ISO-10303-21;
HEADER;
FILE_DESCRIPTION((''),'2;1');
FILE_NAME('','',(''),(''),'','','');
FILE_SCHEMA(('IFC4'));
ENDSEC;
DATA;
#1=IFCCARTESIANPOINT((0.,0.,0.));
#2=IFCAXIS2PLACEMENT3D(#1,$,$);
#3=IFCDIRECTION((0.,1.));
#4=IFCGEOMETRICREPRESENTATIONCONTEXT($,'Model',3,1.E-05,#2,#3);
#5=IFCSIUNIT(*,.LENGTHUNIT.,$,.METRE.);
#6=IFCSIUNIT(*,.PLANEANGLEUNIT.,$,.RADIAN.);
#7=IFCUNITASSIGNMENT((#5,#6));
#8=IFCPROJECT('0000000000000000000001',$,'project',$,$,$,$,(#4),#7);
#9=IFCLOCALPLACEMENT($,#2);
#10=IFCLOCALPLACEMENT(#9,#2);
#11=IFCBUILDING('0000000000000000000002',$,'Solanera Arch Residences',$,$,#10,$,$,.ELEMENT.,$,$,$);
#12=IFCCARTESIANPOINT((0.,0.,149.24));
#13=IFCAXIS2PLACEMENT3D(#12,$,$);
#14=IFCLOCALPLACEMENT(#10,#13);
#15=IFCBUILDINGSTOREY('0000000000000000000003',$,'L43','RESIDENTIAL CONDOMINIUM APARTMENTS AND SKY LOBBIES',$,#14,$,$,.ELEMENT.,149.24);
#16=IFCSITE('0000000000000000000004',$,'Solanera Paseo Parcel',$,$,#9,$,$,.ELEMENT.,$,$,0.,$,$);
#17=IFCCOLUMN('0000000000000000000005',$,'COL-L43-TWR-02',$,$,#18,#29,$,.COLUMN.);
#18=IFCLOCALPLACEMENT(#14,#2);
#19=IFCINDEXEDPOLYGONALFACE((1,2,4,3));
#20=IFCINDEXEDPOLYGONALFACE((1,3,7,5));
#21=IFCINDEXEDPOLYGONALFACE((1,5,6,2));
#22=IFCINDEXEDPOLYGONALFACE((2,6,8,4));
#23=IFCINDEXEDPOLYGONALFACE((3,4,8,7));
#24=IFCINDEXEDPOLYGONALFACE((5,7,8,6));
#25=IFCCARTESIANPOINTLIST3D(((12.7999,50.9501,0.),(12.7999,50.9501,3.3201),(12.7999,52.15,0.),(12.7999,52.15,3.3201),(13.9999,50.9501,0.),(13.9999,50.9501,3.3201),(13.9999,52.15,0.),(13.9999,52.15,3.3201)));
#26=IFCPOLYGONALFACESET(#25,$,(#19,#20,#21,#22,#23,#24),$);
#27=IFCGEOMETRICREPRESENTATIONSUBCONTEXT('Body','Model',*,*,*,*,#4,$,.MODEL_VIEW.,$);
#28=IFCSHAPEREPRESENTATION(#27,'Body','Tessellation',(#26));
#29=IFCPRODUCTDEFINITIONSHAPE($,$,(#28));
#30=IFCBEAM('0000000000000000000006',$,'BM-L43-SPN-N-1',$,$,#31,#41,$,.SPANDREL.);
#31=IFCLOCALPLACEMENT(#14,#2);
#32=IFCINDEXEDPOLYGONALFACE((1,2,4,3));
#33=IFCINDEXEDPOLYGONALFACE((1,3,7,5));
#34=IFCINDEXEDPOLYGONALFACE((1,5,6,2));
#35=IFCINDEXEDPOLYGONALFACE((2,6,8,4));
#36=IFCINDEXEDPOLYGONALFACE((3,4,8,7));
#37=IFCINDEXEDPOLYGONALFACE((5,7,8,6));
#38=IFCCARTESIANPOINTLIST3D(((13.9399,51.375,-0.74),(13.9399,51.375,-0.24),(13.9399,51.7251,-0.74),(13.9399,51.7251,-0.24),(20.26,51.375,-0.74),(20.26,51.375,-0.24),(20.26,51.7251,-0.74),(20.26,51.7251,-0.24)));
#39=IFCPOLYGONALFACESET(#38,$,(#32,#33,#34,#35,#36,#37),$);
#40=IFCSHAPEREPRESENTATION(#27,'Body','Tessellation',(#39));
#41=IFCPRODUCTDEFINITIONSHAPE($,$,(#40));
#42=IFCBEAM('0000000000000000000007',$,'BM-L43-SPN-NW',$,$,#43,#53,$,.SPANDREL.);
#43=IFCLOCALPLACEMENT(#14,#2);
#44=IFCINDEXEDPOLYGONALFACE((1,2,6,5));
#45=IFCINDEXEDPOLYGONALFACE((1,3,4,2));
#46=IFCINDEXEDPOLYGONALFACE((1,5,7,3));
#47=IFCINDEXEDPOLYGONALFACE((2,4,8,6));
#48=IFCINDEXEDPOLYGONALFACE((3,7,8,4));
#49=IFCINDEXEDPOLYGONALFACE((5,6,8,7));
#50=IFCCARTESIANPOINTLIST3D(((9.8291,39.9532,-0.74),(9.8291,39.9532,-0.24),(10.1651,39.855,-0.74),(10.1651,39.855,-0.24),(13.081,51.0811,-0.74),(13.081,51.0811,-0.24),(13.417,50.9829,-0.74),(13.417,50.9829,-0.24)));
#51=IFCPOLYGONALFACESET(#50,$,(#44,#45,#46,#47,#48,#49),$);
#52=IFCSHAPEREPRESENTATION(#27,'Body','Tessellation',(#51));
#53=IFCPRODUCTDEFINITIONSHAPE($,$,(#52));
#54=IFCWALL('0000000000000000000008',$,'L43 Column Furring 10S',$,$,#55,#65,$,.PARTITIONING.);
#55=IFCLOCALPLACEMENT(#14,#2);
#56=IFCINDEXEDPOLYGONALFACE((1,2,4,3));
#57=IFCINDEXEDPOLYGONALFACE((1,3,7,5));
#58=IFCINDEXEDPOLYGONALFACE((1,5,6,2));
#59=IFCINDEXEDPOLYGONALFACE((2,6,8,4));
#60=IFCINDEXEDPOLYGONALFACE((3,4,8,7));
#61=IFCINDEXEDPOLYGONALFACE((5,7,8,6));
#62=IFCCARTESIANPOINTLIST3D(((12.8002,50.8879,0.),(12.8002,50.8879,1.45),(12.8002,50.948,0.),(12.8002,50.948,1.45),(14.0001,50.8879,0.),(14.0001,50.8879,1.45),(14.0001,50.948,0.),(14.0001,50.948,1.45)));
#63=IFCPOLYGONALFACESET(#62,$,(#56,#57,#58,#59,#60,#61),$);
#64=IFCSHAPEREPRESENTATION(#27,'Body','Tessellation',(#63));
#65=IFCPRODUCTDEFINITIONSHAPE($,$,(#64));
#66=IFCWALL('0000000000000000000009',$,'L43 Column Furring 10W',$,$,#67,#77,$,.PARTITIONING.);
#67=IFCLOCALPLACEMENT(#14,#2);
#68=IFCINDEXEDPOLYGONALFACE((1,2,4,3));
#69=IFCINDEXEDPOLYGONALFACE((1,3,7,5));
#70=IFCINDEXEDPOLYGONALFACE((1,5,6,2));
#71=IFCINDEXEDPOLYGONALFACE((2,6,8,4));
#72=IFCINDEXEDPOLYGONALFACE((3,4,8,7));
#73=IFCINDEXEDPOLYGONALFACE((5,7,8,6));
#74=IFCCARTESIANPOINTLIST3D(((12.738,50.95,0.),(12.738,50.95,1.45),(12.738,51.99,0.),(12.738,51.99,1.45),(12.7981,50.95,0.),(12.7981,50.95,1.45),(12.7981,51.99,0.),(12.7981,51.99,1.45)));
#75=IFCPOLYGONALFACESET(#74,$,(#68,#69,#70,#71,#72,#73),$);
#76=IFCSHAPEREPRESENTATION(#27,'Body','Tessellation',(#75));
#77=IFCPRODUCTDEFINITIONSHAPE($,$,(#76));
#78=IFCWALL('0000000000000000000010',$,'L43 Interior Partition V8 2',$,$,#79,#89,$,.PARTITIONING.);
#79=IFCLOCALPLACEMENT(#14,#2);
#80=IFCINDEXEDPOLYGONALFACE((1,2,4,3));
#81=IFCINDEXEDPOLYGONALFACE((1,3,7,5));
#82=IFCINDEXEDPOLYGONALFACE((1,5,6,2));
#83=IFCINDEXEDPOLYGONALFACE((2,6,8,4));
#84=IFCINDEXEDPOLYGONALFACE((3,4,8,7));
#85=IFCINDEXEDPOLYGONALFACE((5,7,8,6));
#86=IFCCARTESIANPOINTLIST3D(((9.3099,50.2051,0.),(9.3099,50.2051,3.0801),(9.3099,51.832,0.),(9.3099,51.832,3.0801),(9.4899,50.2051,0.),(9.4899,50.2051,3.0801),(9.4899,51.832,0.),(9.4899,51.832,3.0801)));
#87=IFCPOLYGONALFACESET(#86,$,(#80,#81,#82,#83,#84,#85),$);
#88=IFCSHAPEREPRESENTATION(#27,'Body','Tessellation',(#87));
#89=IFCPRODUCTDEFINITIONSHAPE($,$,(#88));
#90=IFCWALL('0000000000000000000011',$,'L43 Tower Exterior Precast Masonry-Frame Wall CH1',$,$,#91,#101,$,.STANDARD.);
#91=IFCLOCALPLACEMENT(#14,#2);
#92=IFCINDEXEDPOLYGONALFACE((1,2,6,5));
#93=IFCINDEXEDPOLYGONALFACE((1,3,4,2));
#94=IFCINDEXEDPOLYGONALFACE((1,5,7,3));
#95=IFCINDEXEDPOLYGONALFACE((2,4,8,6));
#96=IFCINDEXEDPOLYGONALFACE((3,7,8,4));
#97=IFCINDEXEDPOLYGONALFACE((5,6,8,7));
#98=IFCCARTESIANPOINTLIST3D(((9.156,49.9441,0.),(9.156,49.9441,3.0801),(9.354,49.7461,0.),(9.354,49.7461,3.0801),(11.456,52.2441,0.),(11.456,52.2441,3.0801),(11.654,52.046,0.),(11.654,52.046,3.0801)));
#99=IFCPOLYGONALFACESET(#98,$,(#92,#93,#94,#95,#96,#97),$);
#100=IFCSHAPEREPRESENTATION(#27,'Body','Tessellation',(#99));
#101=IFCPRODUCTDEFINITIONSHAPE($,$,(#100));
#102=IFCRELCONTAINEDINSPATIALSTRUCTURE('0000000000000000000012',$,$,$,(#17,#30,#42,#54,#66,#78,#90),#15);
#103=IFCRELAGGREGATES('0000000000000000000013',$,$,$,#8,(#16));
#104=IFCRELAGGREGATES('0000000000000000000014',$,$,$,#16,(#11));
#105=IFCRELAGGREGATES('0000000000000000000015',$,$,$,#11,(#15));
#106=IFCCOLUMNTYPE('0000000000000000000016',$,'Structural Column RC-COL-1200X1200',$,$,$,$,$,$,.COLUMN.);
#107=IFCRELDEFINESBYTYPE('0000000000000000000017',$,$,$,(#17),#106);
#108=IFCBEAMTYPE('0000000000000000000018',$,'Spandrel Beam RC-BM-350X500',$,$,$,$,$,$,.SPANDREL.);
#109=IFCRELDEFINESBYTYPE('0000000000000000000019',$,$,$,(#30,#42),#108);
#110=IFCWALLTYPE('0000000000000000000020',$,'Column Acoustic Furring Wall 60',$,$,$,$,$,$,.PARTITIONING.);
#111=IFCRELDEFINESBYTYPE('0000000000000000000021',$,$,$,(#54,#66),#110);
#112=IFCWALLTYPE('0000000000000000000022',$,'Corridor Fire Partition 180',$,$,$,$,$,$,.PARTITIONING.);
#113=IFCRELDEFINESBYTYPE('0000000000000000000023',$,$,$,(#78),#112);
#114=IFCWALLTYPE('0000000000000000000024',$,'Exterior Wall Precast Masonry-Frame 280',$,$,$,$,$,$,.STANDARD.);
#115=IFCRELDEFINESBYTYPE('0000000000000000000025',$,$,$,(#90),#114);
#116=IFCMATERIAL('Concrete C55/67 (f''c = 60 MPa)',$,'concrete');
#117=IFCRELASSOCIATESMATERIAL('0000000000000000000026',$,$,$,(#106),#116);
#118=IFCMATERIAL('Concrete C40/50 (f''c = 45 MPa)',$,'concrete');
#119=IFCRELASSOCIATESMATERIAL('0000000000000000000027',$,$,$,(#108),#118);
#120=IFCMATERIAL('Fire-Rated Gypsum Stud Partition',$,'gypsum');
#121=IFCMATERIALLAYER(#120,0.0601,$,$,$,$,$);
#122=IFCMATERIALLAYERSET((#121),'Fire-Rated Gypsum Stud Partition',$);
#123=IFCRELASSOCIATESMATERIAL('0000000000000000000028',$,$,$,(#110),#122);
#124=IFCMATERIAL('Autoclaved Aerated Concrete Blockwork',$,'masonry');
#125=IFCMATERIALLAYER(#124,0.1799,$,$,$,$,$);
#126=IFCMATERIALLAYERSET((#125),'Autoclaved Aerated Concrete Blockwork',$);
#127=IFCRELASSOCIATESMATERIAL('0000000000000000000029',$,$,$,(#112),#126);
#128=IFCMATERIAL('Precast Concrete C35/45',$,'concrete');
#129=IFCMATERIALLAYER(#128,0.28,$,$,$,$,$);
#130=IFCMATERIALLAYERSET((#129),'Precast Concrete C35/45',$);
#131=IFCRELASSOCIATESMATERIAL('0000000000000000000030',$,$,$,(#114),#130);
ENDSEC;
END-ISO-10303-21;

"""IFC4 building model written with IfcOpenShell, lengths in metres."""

from ifc_helpers import new_model, si_unit, direction, frame, frame_2d, origin, origin_2d, place, context, subcontext, project, spatial, rectangle, extrude, material, layer, layer_set, material_profile, profile_set, type_object, element, save


model = new_model("IFC4")

# Units and contexts
model_context = context("Model", 3, precision=1e-05, world=origin(), true_north=direction((0.0, 1.0)))
body_context = subcontext(model_context, "Body", "Model", "MODEL_VIEW")
ifc_project = project(units=[si_unit("LENGTHUNIT", "METRE"), si_unit("PLANEANGLEUNIT", "RADIAN")], contexts=[model_context])

# Site, building, storey
site_placement = place(None, origin())
site = spatial("IfcSite", under=ifc_project, at=site_placement, Name="Solanera Paseo Parcel", CompositionType="ELEMENT", RefElevation=0.0)
building_placement = place(site_placement, origin())
building = spatial("IfcBuilding", under=site, at=building_placement, Name="Solanera Arch Residences", CompositionType="ELEMENT")
storey_placement = place(building_placement, frame((0.0, 0.0, 149.24)))
storey = spatial("IfcBuildingStorey", under=building, at=storey_placement, Name="L43", Description="RESIDENTIAL CONDOMINIUM APARTMENTS AND SKY LOBBIES", CompositionType="ELEMENT", Elevation=149.24)

# Column
ifc_material_1 = material(Name="Concrete C55/67 (f'c = 60 MPa)", Category="concrete")
ifc_material_profile_1 = material_profile(ifc_material_1, rectangle(XDim=1.2, YDim=1.2, at=origin_2d()))
ifc_profile_set_1 = profile_set([ifc_material_profile_1], Name="Concrete C55/67 (f'c = 60 MPa)")
column_type = type_object("IfcColumnType", Name="Structural Column RC-COL-1200X1200", PredefinedType="COLUMN", material=ifc_profile_set_1)
column_placement = place(storey_placement, frame((13.3999, 51.55, 0.0), z_axis=(0.0, 0.0, 1.0), x_axis=(1.0, 0.0, 0.0)))
element("IfcColumn", 1, at=column_placement, inside=storey, type_object=column_type, Name="COL-L43-TWR-02", PredefinedType="COLUMN", context=body_context, shape_type="SweptSolid", body=[
    extrude(rectangle(XDim=1.2, YDim=1.2, at=origin_2d()), origin(), (0.0, 0.0, 1.0), 3.3201),
])

# Beams
ifc_material_2 = material(Name="Concrete C40/50 (f'c = 45 MPa)", Category="concrete")
ifc_material_profile_2 = material_profile(ifc_material_2, rectangle(XDim=0.3501, YDim=0.5, at=origin_2d()))
ifc_profile_set_2 = profile_set([ifc_material_profile_2], Name="Concrete C40/50 (f'c = 45 MPa)")
beam_type = type_object("IfcBeamType", Name="Spandrel Beam RC-BM-350X500", PredefinedType="SPANDREL", material=ifc_profile_set_2)
beam_1_placement = place(storey_placement, frame((13.9399, 51.55, -0.49), z_axis=(1.0, 0.0, 0.0), x_axis=(0.0, 1.0, 0.0)))
element("IfcBeam", 2, at=beam_1_placement, inside=storey, type_object=beam_type, Name="BM-L43-SPN-N-1", PredefinedType="SPANDREL", context=body_context, shape_type="SweptSolid", body=[
    extrude(rectangle(XDim=0.3501, YDim=0.5, at=origin_2d()), origin(), (0.0, 0.0, 1.0), 6.3201),
])
beam_2_placement = place(storey_placement, frame((13.249, 51.032, -0.49), z_axis=(-0.280501, -0.959854, 0.0), x_axis=(0.959854, -0.280501, 0.0)))
element("IfcBeam", 3, at=beam_2_placement, inside=storey, type_object=beam_type, Name="BM-L43-SPN-NW", PredefinedType="SPANDREL", context=body_context, shape_type="SweptSolid", body=[
    extrude(rectangle(XDim=0.3501, YDim=0.5, at=origin_2d()), origin(), (0.0, 0.0, 1.0), 11.5933),
])

# Walls
ifc_material_3 = material(Name="Fire-Rated Gypsum Stud Partition", Category="gypsum")
ifc_layer_1 = layer(ifc_material_3, 0.0601)
ifc_layer_set_1 = layer_set([ifc_layer_1], Name="Fire-Rated Gypsum Stud Partition")
wall_type_1 = type_object("IfcWallType", Name="Column Acoustic Furring Wall 60", PredefinedType="PARTITIONING", material=ifc_layer_set_1)
wall_1_placement = place(storey_placement, frame((12.8, 50.918, 0.0), z_axis=(0.0, 0.0, 1.0), x_axis=(1.0, 0.0, 0.0)))
element("IfcWall", 4, at=wall_1_placement, inside=storey, type_object=wall_type_1, Name="L43 Column Furring 10S", PredefinedType="PARTITIONING", context=body_context, shape_type="SweptSolid", body=[
    extrude(rectangle(XDim=1.2, YDim=0.0601, at=frame_2d((0.6001, 0.0))), origin(), (0.0, 0.0, 1.0), 1.45),
])
wall_2_placement = place(storey_placement, frame((12.7681, 50.95, 0.0), z_axis=(0.0, 0.0, 1.0), x_axis=(0.0, 1.0, 0.0)))
element("IfcWall", 5, at=wall_2_placement, inside=storey, type_object=wall_type_1, Name="L43 Column Furring 10W", PredefinedType="PARTITIONING", context=body_context, shape_type="SweptSolid", body=[
    extrude(rectangle(XDim=1.04, YDim=0.0601, at=frame_2d((0.52, 0.0))), origin(), (0.0, 0.0, 1.0), 1.45),
])
ifc_material_4 = material(Name="Autoclaved Aerated Concrete Blockwork", Category="masonry")
ifc_layer_2 = layer(ifc_material_4, 0.1799)
ifc_layer_set_2 = layer_set([ifc_layer_2], Name="Autoclaved Aerated Concrete Blockwork")
wall_type_2 = type_object("IfcWallType", Name="Corridor Fire Partition 180", PredefinedType="PARTITIONING", material=ifc_layer_set_2)
wall_3_placement = place(storey_placement, frame((9.3999, 50.2051, 0.0), z_axis=(0.0, 0.0, 1.0), x_axis=(0.0, 1.0, 0.0)))
element("IfcWall", 6, at=wall_3_placement, inside=storey, type_object=wall_type_2, Name="L43 Interior Partition V8 2", PredefinedType="PARTITIONING", context=body_context, shape_type="SweptSolid", body=[
    extrude(rectangle(XDim=1.627, YDim=0.1799, at=frame_2d((0.8135, 0.0))), origin(), (0.0, 0.0, 1.0), 3.0801),
])
ifc_material_5 = material(Name="Precast Concrete C35/45", Category="concrete")
ifc_layer_3 = layer(ifc_material_5, 0.28)
ifc_layer_set_3 = layer_set([ifc_layer_3], Name="Precast Concrete C35/45")
wall_type_3 = type_object("IfcWallType", Name="Exterior Wall Precast Masonry-Frame 280", PredefinedType="STANDARD", material=ifc_layer_set_3)
wall_4_placement = place(storey_placement, frame((9.2549, 49.845, 0.0), z_axis=(0.0, 0.0, 1.0), x_axis=(0.707107, 0.707107, 0.0)))
element("IfcWall", 7, at=wall_4_placement, inside=storey, type_object=wall_type_3, Name="L43 Tower Exterior Precast Masonry-Frame Wall CH1", PredefinedType="STANDARD", context=body_context, shape_type="SweptSolid", body=[
    extrude(rectangle(XDim=3.2527, YDim=0.28, at=frame_2d((1.6265, 0.0))), origin(), (0.0, 0.0, 1.0), 3.0801),
])

save(model, "model.ifc")
